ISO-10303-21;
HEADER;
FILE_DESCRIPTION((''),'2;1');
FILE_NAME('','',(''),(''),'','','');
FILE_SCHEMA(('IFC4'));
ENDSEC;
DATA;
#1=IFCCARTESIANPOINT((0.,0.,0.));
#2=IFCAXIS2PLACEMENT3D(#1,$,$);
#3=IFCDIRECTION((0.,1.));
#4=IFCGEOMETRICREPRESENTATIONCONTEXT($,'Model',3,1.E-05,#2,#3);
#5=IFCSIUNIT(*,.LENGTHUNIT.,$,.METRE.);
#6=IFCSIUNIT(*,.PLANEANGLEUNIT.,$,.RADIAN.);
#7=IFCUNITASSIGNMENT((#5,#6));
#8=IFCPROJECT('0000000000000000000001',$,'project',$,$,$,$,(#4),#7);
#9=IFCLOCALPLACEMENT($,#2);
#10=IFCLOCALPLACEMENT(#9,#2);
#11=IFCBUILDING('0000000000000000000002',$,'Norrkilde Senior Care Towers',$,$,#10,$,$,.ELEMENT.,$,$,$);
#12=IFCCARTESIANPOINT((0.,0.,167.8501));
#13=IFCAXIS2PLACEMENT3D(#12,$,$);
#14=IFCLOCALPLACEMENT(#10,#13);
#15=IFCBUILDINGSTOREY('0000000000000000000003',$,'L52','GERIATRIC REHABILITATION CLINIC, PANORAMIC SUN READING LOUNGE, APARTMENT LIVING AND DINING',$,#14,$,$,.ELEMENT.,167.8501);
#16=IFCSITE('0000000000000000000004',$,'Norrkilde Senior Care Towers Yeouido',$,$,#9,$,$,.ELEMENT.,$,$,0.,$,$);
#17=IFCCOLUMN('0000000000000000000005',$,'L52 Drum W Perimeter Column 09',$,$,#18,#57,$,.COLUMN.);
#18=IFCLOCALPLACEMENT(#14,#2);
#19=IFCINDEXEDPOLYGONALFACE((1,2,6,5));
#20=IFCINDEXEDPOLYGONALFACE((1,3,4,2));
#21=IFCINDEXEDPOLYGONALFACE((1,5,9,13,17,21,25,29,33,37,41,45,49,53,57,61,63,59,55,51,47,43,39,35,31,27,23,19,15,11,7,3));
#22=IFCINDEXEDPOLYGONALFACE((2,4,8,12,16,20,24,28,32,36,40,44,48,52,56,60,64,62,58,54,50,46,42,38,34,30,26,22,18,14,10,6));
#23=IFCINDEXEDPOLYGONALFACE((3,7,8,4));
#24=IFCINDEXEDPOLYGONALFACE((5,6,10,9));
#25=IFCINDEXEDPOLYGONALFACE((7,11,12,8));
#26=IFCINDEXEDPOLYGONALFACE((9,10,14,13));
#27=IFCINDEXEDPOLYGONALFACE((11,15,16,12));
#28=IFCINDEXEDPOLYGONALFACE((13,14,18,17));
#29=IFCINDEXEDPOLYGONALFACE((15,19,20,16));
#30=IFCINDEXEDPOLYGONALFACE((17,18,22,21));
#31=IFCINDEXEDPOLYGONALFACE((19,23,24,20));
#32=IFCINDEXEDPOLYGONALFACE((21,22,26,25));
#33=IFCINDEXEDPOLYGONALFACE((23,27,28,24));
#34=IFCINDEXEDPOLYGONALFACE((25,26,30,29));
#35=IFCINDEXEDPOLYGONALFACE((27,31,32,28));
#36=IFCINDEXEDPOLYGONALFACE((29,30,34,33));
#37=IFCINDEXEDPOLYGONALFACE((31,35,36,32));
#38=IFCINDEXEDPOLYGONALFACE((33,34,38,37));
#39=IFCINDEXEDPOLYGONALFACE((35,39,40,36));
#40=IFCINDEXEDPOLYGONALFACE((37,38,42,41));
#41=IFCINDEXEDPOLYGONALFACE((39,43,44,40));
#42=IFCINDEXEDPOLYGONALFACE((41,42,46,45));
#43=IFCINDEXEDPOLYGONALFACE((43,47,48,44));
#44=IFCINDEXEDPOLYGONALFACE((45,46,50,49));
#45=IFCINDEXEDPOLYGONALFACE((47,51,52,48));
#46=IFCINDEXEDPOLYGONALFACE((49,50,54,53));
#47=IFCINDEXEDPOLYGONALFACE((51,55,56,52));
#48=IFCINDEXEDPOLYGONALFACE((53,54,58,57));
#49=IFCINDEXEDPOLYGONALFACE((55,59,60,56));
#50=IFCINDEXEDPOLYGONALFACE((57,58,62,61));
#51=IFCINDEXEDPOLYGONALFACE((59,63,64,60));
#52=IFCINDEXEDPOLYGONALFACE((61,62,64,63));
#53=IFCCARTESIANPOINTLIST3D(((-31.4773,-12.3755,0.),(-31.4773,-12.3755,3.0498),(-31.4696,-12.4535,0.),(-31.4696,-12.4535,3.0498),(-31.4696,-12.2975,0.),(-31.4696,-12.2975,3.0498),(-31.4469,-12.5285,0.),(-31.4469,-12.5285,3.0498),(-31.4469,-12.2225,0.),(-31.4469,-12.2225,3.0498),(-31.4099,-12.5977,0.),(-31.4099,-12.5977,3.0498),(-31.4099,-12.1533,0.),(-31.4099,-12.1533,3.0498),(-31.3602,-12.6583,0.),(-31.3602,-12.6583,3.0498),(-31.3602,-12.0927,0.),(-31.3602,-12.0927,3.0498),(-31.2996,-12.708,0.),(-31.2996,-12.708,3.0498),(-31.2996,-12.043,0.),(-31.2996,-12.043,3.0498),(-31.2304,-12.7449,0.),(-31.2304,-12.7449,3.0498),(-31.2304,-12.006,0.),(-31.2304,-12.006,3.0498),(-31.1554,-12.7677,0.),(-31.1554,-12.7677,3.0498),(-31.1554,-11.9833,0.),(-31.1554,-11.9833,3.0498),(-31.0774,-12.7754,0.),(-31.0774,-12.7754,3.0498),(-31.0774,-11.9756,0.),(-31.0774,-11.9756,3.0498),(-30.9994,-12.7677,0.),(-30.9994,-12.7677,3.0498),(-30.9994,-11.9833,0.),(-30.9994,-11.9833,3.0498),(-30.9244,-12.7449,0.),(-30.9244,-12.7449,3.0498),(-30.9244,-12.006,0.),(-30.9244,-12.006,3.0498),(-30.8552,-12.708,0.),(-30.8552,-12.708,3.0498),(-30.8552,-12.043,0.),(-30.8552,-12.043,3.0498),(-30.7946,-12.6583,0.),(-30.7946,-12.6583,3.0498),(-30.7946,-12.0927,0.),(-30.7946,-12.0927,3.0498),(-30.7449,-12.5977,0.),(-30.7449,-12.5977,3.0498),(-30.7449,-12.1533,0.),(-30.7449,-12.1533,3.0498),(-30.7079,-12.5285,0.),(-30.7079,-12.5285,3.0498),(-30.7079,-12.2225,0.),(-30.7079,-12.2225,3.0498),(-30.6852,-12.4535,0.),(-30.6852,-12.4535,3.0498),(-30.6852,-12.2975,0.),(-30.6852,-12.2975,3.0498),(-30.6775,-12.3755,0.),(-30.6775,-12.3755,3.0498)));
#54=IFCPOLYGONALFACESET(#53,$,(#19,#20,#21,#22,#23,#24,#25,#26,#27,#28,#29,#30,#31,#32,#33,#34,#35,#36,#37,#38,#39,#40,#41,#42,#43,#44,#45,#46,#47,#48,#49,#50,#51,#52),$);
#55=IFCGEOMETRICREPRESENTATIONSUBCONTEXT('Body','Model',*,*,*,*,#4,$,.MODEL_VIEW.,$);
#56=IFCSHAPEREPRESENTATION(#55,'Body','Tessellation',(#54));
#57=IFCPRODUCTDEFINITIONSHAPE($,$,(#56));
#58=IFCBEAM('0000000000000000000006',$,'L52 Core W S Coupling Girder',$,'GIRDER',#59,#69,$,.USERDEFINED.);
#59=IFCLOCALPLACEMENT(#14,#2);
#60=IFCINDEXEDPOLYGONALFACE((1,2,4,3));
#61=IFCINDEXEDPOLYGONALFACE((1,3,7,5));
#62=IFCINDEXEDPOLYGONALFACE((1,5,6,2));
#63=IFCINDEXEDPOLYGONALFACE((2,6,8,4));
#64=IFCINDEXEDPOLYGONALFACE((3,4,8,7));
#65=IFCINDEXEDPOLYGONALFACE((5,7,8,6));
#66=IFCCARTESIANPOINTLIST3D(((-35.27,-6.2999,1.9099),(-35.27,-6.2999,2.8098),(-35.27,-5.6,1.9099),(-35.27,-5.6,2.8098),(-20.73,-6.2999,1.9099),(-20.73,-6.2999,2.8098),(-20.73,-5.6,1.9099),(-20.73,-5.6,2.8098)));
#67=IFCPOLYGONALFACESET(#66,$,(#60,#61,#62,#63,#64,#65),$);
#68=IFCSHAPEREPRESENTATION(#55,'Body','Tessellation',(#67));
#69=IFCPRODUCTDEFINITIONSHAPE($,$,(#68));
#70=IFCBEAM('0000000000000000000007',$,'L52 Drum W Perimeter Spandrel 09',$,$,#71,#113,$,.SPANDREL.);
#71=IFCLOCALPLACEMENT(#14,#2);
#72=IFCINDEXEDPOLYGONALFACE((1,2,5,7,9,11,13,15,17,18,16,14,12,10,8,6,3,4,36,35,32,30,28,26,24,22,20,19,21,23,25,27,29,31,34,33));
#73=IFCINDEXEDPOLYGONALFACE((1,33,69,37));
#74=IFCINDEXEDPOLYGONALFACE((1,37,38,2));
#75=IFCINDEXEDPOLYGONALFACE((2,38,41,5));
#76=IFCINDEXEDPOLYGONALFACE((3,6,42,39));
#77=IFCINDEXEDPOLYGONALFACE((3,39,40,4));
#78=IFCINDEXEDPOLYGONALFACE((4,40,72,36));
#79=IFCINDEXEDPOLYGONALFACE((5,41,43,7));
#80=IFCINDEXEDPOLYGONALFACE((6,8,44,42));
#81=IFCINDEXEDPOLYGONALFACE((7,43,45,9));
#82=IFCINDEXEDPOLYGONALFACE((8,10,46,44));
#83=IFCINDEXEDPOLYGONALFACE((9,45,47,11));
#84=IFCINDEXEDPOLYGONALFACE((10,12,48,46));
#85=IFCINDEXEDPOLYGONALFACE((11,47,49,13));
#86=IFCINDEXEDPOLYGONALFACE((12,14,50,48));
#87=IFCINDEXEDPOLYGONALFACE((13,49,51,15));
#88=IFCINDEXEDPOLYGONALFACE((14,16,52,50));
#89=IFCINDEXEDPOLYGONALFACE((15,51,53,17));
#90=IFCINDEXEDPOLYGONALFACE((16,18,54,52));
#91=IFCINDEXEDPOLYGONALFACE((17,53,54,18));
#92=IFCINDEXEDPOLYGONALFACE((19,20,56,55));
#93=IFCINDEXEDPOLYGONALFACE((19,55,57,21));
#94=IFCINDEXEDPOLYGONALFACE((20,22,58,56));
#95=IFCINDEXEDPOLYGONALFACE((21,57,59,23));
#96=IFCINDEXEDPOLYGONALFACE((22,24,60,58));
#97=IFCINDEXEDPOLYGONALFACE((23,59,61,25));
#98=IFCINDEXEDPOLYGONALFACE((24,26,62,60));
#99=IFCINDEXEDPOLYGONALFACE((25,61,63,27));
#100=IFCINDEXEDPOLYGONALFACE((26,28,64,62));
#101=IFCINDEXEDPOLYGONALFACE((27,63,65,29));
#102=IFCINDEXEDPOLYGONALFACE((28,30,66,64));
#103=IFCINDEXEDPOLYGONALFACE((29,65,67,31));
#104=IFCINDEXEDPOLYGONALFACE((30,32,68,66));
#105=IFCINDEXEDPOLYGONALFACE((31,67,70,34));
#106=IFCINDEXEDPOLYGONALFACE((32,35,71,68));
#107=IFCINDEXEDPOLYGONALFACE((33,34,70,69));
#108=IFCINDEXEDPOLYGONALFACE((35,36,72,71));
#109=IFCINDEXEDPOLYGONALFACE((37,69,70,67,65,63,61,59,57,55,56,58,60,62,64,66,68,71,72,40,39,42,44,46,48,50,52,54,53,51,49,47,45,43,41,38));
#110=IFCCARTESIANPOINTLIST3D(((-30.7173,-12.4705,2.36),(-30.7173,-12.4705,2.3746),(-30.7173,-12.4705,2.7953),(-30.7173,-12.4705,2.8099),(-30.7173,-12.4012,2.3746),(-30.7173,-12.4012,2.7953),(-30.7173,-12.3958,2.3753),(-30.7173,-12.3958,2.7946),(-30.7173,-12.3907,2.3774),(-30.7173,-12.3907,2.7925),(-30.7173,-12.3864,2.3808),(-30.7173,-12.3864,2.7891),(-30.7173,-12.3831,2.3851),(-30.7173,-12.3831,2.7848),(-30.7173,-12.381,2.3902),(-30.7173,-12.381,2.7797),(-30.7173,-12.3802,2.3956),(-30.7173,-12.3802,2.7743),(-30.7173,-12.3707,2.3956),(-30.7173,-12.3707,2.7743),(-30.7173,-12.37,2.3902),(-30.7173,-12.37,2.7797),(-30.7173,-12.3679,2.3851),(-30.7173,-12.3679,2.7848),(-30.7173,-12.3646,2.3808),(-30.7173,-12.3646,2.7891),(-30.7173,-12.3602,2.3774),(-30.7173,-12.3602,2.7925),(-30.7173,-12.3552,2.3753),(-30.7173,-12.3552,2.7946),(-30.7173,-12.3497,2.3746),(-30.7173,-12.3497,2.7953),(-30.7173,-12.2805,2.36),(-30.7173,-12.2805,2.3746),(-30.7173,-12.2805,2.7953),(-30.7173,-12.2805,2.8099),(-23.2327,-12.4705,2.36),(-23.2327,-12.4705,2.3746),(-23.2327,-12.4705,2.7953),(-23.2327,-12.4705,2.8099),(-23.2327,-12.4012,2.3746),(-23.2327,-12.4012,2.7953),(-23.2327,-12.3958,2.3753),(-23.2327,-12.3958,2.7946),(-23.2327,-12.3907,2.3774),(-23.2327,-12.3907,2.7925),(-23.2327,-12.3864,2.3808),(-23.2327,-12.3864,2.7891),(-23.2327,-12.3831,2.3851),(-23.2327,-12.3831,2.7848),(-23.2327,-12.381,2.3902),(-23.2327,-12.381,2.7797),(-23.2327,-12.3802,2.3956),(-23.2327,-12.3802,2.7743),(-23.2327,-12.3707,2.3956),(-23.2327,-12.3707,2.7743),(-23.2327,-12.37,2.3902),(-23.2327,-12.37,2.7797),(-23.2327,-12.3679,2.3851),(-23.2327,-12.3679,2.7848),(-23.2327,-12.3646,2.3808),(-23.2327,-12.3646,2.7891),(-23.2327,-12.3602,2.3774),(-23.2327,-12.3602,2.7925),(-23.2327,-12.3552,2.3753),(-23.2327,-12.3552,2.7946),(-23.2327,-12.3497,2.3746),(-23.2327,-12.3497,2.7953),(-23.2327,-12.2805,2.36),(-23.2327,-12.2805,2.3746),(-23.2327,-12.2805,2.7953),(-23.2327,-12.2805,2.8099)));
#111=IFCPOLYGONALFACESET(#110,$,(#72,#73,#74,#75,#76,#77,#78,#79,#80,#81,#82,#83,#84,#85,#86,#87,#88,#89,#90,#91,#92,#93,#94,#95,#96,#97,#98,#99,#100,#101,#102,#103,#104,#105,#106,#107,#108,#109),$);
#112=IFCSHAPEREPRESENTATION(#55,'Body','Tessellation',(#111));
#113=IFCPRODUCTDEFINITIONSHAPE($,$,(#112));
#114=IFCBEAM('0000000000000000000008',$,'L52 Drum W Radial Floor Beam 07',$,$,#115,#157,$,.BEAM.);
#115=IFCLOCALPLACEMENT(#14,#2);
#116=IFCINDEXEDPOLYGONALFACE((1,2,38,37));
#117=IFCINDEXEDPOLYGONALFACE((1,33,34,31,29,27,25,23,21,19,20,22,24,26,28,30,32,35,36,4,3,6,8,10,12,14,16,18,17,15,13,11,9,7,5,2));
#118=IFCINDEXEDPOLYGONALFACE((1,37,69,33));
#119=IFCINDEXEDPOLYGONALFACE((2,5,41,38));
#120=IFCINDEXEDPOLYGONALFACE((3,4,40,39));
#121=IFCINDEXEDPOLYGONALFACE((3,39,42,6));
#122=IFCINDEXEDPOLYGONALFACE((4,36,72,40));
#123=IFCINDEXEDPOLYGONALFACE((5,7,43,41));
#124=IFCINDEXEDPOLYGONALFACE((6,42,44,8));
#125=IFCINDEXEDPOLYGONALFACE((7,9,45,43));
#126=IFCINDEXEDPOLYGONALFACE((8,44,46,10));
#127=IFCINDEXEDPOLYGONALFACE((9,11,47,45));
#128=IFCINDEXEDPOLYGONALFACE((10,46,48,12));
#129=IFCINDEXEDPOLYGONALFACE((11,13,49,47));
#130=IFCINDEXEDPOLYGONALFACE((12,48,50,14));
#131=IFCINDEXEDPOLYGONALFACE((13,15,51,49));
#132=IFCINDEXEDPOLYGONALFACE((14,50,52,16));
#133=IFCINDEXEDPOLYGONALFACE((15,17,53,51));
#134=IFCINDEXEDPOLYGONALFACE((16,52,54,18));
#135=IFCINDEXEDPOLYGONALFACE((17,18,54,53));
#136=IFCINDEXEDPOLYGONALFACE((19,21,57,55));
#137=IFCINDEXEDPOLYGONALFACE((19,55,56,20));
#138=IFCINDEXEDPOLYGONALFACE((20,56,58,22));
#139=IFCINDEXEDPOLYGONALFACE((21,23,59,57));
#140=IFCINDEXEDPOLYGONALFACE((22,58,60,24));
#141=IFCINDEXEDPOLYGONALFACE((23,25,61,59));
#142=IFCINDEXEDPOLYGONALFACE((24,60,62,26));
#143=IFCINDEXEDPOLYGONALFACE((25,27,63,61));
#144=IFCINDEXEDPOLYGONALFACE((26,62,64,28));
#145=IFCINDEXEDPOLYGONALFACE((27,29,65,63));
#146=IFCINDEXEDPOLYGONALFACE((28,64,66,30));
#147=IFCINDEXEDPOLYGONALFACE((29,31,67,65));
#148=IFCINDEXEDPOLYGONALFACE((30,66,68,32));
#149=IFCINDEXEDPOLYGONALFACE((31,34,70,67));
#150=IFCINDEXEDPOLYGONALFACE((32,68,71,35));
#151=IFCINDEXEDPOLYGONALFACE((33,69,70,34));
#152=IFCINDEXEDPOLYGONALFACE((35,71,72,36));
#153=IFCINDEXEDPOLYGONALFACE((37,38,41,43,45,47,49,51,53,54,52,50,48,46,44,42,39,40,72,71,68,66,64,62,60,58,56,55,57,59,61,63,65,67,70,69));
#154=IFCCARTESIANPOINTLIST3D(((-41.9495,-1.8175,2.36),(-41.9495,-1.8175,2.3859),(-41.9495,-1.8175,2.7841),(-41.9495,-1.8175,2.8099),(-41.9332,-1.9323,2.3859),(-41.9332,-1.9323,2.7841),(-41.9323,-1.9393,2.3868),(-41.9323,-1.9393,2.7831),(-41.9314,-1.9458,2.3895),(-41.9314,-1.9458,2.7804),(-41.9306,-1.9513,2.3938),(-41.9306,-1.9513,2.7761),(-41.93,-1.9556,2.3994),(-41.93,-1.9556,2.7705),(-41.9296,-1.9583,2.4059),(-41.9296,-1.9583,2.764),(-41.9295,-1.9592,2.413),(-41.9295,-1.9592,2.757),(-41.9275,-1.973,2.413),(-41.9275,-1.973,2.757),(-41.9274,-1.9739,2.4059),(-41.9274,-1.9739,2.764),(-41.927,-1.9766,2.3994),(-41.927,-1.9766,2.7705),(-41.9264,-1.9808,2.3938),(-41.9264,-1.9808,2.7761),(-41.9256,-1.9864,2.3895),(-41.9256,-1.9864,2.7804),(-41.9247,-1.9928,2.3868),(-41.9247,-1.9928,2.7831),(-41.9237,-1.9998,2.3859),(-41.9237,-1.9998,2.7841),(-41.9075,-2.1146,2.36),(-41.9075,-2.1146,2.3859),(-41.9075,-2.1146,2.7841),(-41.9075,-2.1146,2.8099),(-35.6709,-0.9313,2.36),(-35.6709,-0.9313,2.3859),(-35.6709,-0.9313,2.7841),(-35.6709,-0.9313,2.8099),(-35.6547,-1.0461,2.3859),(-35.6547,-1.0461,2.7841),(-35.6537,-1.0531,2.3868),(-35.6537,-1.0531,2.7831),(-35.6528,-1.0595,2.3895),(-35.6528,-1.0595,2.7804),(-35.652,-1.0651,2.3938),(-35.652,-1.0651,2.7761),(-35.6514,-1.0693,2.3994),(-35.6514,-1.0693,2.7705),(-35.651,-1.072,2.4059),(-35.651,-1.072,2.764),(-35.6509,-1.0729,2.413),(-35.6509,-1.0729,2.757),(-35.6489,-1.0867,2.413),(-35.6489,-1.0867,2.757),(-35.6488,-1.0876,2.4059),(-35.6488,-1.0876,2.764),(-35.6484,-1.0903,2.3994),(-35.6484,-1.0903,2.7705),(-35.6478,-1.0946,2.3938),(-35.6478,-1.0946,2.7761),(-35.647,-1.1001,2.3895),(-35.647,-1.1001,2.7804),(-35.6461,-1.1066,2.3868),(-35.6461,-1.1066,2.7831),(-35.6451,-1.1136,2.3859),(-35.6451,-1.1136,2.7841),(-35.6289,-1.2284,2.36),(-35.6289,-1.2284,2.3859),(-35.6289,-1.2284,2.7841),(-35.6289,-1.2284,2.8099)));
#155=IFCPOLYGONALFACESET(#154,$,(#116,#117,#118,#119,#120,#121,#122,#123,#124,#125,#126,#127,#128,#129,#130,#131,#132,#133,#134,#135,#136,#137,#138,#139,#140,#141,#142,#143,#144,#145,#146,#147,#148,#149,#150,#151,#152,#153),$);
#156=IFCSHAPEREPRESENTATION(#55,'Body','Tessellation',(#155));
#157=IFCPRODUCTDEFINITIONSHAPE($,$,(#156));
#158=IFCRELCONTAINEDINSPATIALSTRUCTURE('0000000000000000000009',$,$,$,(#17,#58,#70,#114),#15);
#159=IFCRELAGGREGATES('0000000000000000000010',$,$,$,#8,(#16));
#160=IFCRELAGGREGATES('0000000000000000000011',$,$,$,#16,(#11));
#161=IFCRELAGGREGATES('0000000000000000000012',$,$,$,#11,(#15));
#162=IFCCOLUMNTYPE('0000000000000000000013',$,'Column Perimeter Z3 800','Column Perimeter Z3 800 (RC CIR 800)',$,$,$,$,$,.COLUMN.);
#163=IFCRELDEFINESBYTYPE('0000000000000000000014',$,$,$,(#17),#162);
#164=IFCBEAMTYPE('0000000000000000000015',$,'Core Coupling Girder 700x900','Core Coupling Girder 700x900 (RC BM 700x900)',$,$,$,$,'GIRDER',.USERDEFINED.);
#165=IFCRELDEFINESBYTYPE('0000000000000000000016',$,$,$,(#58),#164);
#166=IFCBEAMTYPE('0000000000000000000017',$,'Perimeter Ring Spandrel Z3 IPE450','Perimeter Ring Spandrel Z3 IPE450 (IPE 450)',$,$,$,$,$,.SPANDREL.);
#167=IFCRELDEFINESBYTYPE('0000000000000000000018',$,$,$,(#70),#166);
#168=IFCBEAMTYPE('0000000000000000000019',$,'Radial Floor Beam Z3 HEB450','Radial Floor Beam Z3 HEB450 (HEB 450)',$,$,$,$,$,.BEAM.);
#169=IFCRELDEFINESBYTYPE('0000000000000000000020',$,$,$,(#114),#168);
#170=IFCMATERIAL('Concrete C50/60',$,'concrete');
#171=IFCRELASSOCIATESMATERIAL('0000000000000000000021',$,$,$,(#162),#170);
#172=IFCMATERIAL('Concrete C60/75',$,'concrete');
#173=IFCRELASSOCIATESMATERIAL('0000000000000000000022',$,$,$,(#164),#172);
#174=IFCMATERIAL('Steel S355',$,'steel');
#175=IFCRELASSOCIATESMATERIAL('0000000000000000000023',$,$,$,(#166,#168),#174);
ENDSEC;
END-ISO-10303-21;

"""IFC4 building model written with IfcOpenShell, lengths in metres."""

from ifc_helpers import new_model, si_unit, direction, frame, origin, origin_2d, place, context, subcontext, project, spatial, rectangle, circle, i_section, extrude, source, transform, mapped, material, material_profile, profile_set, type_object, type_shapes, element, save


model = new_model("IFC4")

# Units and contexts
model_context = context("Model", 3, precision=1e-05, world=origin(), true_north=direction((0.0, 1.0)))
body_context = subcontext(model_context, "Body", "Model", "MODEL_VIEW")
ifc_project = project(units=[si_unit("LENGTHUNIT", "METRE"), si_unit("PLANEANGLEUNIT", "RADIAN")], contexts=[model_context])

# Site, building, storey
site_placement = place(None, origin())
site = spatial("IfcSite", under=ifc_project, at=site_placement, Name="Norrkilde Senior Care Towers Yeouido", CompositionType="ELEMENT", RefElevation=0.0)
building_placement = place(site_placement, origin())
building = spatial("IfcBuilding", under=site, at=building_placement, Name="Norrkilde Senior Care Towers", CompositionType="ELEMENT")
storey_placement = place(building_placement, frame((0.0, 0.0, 167.8501)))
storey = spatial("IfcBuildingStorey", under=building, at=storey_placement, Name="L52", Description="GERIATRIC REHABILITATION CLINIC, PANORAMIC SUN READING LOUNGE, APARTMENT LIVING AND DINING", CompositionType="ELEMENT", Elevation=167.8501)

# Column
ifc_material_1 = material(Name="Concrete C50/60", Category="concrete")
ifc_material_profile_1 = material_profile(ifc_material_1, circle(Radius=0.3999, at=origin_2d()), Name="RC CIR 800")
ifc_profile_set_1 = profile_set([ifc_material_profile_1], Name="Concrete C50/60")
column_type = type_object("IfcColumnType", Name="Column Perimeter Z3 800", Description="Column Perimeter Z3 800 (RC CIR 800)", PredefinedType="COLUMN", material=ifc_profile_set_1)
shared_shape_1 = source(origin(), body_context, "Body", "SweptSolid", [
    extrude(circle(Radius=0.3999, at=origin_2d()), origin(), (0.0, 0.0, 1.0), 3.0498),
])
type_shapes(column_type, [shared_shape_1])
column_placement = place(storey_placement, frame((-31.0774, -12.3755, 0.0), z_axis=(0.0, 0.0, 1.0), x_axis=(1.0, 0.0, 0.0)))
element("IfcColumn", 1, at=column_placement, inside=storey, type_object=column_type, Name="L52 Drum W Perimeter Column 09", PredefinedType="COLUMN", context=body_context, shape_type="MappedRepresentation", body=[
    mapped(shared_shape_1, transform((0.0, 0.0, 0.0), x_axis=(1.0, 0.0, 0.0), y_axis=(0.0, 1.0, 0.0), z_axis=(0.0, 0.0, 1.0), scale=1.0)),
])

# Beams
ifc_material_2 = material(Name="Concrete C60/75", Category="concrete")
ifc_material_profile_2 = material_profile(ifc_material_2, rectangle(XDim=0.7, YDim=0.8999, at=origin_2d()), Name="RC BM 700x900")
ifc_profile_set_2 = profile_set([ifc_material_profile_2], Name="Concrete C60/75")
beam_type_1 = type_object("IfcBeamType", Name="Core Coupling Girder 700x900", Description="Core Coupling Girder 700x900 (RC BM 700x900)", ElementType="GIRDER", PredefinedType="USERDEFINED", material=ifc_profile_set_2)
shared_shape_2 = source(origin(), body_context, "Body", "SweptSolid", [
    extrude(rectangle(XDim=0.7, YDim=0.8999, at=origin_2d()), origin(), (0.0, 0.0, 1.0), 14.54),
])
type_shapes(beam_type_1, [shared_shape_2])
beam_1_placement = place(storey_placement, frame((-35.27, -5.95, 2.3599), z_axis=(1.0, 0.0, 0.0), x_axis=(0.0, 1.0, 0.0)))
element("IfcBeam", 2, at=beam_1_placement, inside=storey, type_object=beam_type_1, Name="L52 Core W S Coupling Girder", ObjectType="GIRDER", PredefinedType="USERDEFINED", context=body_context, shape_type="MappedRepresentation", body=[
    mapped(shared_shape_2, transform((0.0, 0.0, 0.0), x_axis=(1.0, 0.0, 0.0), y_axis=(0.0, 1.0, 0.0), z_axis=(0.0, 0.0, 1.0), scale=1.0)),
])
ifc_material_3 = material(Name="Steel S355", Category="steel")
ifc_material_profile_3 = material_profile(ifc_material_3, i_section(OverallWidth=0.1899, OverallDepth=0.45, WebThickness=0.0095, FlangeThickness=0.0146, FilletRadius=0.021, at=origin_2d()), Name="IPE 450")
ifc_profile_set_3 = profile_set([ifc_material_profile_3], Name="Steel S355")
beam_type_2 = type_object("IfcBeamType", Name="Perimeter Ring Spandrel Z3 IPE450", Description="Perimeter Ring Spandrel Z3 IPE450 (IPE 450)", PredefinedType="SPANDREL", material=ifc_profile_set_3)
shared_shape_3 = source(origin(), body_context, "Body", "SweptSolid", [
    extrude(i_section(OverallWidth=0.1899, OverallDepth=0.45, WebThickness=0.0095, FlangeThickness=0.0146, FilletRadius=0.021, at=origin_2d()), origin(), (0.0, 0.0, 1.0), 7.4846),
])
type_shapes(beam_type_2, [shared_shape_3])
beam_2_placement = place(storey_placement, frame((-30.7173, -12.3755, 2.585), z_axis=(1.0, 0.0, 0.0), x_axis=(0.0, 1.0, 0.0)))
element("IfcBeam", 3, at=beam_2_placement, inside=storey, type_object=beam_type_2, Name="L52 Drum W Perimeter Spandrel 09", PredefinedType="SPANDREL", context=body_context, shape_type="MappedRepresentation", body=[
    mapped(shared_shape_3, transform((0.0, 0.0, 0.0), x_axis=(1.0, 0.0, 0.0), y_axis=(0.0, 1.0, 0.0), z_axis=(0.0, 0.0, 1.0), scale=1.0)),
])
ifc_material_profile_4 = material_profile(ifc_material_3, i_section(OverallWidth=0.3, OverallDepth=0.45, WebThickness=0.0139, FlangeThickness=0.0259, FilletRadius=0.0271, at=origin_2d()), Name="HEB 450")
ifc_profile_set_4 = profile_set([ifc_material_profile_4], Name="Steel S355")
beam_type_3 = type_object("IfcBeamType", Name="Radial Floor Beam Z3 HEB450", Description="Radial Floor Beam Z3 HEB450 (HEB 450)", PredefinedType="BEAM", material=ifc_profile_set_4)
shared_shape_4 = source(origin(), body_context, "Body", "SweptSolid", [
    extrude(i_section(OverallWidth=0.3, OverallDepth=0.45, WebThickness=0.0139, FlangeThickness=0.0259, FilletRadius=0.0271, at=origin_2d()), origin(), (0.0, 0.0, 1.0), 6.3408),
])
beam_3_placement = place(storey_placement, frame((-35.6499, -1.0798, 2.585), z_axis=(-0.990185, -0.139766, 0.0), x_axis=(0.139766, -0.990185, 0.0)))
element("IfcBeam", 4, at=beam_3_placement, inside=storey, type_object=beam_type_3, Name="L52 Drum W Radial Floor Beam 07", PredefinedType="BEAM", context=body_context, shape_type="MappedRepresentation", body=[
    mapped(shared_shape_4, transform((0.0, 0.0, 0.0), x_axis=(1.0, 0.0, 0.0), y_axis=(0.0, 1.0, 0.0), z_axis=(0.0, 0.0, 1.0), scale=1.0)),
])

save(model, "model.ifc")
